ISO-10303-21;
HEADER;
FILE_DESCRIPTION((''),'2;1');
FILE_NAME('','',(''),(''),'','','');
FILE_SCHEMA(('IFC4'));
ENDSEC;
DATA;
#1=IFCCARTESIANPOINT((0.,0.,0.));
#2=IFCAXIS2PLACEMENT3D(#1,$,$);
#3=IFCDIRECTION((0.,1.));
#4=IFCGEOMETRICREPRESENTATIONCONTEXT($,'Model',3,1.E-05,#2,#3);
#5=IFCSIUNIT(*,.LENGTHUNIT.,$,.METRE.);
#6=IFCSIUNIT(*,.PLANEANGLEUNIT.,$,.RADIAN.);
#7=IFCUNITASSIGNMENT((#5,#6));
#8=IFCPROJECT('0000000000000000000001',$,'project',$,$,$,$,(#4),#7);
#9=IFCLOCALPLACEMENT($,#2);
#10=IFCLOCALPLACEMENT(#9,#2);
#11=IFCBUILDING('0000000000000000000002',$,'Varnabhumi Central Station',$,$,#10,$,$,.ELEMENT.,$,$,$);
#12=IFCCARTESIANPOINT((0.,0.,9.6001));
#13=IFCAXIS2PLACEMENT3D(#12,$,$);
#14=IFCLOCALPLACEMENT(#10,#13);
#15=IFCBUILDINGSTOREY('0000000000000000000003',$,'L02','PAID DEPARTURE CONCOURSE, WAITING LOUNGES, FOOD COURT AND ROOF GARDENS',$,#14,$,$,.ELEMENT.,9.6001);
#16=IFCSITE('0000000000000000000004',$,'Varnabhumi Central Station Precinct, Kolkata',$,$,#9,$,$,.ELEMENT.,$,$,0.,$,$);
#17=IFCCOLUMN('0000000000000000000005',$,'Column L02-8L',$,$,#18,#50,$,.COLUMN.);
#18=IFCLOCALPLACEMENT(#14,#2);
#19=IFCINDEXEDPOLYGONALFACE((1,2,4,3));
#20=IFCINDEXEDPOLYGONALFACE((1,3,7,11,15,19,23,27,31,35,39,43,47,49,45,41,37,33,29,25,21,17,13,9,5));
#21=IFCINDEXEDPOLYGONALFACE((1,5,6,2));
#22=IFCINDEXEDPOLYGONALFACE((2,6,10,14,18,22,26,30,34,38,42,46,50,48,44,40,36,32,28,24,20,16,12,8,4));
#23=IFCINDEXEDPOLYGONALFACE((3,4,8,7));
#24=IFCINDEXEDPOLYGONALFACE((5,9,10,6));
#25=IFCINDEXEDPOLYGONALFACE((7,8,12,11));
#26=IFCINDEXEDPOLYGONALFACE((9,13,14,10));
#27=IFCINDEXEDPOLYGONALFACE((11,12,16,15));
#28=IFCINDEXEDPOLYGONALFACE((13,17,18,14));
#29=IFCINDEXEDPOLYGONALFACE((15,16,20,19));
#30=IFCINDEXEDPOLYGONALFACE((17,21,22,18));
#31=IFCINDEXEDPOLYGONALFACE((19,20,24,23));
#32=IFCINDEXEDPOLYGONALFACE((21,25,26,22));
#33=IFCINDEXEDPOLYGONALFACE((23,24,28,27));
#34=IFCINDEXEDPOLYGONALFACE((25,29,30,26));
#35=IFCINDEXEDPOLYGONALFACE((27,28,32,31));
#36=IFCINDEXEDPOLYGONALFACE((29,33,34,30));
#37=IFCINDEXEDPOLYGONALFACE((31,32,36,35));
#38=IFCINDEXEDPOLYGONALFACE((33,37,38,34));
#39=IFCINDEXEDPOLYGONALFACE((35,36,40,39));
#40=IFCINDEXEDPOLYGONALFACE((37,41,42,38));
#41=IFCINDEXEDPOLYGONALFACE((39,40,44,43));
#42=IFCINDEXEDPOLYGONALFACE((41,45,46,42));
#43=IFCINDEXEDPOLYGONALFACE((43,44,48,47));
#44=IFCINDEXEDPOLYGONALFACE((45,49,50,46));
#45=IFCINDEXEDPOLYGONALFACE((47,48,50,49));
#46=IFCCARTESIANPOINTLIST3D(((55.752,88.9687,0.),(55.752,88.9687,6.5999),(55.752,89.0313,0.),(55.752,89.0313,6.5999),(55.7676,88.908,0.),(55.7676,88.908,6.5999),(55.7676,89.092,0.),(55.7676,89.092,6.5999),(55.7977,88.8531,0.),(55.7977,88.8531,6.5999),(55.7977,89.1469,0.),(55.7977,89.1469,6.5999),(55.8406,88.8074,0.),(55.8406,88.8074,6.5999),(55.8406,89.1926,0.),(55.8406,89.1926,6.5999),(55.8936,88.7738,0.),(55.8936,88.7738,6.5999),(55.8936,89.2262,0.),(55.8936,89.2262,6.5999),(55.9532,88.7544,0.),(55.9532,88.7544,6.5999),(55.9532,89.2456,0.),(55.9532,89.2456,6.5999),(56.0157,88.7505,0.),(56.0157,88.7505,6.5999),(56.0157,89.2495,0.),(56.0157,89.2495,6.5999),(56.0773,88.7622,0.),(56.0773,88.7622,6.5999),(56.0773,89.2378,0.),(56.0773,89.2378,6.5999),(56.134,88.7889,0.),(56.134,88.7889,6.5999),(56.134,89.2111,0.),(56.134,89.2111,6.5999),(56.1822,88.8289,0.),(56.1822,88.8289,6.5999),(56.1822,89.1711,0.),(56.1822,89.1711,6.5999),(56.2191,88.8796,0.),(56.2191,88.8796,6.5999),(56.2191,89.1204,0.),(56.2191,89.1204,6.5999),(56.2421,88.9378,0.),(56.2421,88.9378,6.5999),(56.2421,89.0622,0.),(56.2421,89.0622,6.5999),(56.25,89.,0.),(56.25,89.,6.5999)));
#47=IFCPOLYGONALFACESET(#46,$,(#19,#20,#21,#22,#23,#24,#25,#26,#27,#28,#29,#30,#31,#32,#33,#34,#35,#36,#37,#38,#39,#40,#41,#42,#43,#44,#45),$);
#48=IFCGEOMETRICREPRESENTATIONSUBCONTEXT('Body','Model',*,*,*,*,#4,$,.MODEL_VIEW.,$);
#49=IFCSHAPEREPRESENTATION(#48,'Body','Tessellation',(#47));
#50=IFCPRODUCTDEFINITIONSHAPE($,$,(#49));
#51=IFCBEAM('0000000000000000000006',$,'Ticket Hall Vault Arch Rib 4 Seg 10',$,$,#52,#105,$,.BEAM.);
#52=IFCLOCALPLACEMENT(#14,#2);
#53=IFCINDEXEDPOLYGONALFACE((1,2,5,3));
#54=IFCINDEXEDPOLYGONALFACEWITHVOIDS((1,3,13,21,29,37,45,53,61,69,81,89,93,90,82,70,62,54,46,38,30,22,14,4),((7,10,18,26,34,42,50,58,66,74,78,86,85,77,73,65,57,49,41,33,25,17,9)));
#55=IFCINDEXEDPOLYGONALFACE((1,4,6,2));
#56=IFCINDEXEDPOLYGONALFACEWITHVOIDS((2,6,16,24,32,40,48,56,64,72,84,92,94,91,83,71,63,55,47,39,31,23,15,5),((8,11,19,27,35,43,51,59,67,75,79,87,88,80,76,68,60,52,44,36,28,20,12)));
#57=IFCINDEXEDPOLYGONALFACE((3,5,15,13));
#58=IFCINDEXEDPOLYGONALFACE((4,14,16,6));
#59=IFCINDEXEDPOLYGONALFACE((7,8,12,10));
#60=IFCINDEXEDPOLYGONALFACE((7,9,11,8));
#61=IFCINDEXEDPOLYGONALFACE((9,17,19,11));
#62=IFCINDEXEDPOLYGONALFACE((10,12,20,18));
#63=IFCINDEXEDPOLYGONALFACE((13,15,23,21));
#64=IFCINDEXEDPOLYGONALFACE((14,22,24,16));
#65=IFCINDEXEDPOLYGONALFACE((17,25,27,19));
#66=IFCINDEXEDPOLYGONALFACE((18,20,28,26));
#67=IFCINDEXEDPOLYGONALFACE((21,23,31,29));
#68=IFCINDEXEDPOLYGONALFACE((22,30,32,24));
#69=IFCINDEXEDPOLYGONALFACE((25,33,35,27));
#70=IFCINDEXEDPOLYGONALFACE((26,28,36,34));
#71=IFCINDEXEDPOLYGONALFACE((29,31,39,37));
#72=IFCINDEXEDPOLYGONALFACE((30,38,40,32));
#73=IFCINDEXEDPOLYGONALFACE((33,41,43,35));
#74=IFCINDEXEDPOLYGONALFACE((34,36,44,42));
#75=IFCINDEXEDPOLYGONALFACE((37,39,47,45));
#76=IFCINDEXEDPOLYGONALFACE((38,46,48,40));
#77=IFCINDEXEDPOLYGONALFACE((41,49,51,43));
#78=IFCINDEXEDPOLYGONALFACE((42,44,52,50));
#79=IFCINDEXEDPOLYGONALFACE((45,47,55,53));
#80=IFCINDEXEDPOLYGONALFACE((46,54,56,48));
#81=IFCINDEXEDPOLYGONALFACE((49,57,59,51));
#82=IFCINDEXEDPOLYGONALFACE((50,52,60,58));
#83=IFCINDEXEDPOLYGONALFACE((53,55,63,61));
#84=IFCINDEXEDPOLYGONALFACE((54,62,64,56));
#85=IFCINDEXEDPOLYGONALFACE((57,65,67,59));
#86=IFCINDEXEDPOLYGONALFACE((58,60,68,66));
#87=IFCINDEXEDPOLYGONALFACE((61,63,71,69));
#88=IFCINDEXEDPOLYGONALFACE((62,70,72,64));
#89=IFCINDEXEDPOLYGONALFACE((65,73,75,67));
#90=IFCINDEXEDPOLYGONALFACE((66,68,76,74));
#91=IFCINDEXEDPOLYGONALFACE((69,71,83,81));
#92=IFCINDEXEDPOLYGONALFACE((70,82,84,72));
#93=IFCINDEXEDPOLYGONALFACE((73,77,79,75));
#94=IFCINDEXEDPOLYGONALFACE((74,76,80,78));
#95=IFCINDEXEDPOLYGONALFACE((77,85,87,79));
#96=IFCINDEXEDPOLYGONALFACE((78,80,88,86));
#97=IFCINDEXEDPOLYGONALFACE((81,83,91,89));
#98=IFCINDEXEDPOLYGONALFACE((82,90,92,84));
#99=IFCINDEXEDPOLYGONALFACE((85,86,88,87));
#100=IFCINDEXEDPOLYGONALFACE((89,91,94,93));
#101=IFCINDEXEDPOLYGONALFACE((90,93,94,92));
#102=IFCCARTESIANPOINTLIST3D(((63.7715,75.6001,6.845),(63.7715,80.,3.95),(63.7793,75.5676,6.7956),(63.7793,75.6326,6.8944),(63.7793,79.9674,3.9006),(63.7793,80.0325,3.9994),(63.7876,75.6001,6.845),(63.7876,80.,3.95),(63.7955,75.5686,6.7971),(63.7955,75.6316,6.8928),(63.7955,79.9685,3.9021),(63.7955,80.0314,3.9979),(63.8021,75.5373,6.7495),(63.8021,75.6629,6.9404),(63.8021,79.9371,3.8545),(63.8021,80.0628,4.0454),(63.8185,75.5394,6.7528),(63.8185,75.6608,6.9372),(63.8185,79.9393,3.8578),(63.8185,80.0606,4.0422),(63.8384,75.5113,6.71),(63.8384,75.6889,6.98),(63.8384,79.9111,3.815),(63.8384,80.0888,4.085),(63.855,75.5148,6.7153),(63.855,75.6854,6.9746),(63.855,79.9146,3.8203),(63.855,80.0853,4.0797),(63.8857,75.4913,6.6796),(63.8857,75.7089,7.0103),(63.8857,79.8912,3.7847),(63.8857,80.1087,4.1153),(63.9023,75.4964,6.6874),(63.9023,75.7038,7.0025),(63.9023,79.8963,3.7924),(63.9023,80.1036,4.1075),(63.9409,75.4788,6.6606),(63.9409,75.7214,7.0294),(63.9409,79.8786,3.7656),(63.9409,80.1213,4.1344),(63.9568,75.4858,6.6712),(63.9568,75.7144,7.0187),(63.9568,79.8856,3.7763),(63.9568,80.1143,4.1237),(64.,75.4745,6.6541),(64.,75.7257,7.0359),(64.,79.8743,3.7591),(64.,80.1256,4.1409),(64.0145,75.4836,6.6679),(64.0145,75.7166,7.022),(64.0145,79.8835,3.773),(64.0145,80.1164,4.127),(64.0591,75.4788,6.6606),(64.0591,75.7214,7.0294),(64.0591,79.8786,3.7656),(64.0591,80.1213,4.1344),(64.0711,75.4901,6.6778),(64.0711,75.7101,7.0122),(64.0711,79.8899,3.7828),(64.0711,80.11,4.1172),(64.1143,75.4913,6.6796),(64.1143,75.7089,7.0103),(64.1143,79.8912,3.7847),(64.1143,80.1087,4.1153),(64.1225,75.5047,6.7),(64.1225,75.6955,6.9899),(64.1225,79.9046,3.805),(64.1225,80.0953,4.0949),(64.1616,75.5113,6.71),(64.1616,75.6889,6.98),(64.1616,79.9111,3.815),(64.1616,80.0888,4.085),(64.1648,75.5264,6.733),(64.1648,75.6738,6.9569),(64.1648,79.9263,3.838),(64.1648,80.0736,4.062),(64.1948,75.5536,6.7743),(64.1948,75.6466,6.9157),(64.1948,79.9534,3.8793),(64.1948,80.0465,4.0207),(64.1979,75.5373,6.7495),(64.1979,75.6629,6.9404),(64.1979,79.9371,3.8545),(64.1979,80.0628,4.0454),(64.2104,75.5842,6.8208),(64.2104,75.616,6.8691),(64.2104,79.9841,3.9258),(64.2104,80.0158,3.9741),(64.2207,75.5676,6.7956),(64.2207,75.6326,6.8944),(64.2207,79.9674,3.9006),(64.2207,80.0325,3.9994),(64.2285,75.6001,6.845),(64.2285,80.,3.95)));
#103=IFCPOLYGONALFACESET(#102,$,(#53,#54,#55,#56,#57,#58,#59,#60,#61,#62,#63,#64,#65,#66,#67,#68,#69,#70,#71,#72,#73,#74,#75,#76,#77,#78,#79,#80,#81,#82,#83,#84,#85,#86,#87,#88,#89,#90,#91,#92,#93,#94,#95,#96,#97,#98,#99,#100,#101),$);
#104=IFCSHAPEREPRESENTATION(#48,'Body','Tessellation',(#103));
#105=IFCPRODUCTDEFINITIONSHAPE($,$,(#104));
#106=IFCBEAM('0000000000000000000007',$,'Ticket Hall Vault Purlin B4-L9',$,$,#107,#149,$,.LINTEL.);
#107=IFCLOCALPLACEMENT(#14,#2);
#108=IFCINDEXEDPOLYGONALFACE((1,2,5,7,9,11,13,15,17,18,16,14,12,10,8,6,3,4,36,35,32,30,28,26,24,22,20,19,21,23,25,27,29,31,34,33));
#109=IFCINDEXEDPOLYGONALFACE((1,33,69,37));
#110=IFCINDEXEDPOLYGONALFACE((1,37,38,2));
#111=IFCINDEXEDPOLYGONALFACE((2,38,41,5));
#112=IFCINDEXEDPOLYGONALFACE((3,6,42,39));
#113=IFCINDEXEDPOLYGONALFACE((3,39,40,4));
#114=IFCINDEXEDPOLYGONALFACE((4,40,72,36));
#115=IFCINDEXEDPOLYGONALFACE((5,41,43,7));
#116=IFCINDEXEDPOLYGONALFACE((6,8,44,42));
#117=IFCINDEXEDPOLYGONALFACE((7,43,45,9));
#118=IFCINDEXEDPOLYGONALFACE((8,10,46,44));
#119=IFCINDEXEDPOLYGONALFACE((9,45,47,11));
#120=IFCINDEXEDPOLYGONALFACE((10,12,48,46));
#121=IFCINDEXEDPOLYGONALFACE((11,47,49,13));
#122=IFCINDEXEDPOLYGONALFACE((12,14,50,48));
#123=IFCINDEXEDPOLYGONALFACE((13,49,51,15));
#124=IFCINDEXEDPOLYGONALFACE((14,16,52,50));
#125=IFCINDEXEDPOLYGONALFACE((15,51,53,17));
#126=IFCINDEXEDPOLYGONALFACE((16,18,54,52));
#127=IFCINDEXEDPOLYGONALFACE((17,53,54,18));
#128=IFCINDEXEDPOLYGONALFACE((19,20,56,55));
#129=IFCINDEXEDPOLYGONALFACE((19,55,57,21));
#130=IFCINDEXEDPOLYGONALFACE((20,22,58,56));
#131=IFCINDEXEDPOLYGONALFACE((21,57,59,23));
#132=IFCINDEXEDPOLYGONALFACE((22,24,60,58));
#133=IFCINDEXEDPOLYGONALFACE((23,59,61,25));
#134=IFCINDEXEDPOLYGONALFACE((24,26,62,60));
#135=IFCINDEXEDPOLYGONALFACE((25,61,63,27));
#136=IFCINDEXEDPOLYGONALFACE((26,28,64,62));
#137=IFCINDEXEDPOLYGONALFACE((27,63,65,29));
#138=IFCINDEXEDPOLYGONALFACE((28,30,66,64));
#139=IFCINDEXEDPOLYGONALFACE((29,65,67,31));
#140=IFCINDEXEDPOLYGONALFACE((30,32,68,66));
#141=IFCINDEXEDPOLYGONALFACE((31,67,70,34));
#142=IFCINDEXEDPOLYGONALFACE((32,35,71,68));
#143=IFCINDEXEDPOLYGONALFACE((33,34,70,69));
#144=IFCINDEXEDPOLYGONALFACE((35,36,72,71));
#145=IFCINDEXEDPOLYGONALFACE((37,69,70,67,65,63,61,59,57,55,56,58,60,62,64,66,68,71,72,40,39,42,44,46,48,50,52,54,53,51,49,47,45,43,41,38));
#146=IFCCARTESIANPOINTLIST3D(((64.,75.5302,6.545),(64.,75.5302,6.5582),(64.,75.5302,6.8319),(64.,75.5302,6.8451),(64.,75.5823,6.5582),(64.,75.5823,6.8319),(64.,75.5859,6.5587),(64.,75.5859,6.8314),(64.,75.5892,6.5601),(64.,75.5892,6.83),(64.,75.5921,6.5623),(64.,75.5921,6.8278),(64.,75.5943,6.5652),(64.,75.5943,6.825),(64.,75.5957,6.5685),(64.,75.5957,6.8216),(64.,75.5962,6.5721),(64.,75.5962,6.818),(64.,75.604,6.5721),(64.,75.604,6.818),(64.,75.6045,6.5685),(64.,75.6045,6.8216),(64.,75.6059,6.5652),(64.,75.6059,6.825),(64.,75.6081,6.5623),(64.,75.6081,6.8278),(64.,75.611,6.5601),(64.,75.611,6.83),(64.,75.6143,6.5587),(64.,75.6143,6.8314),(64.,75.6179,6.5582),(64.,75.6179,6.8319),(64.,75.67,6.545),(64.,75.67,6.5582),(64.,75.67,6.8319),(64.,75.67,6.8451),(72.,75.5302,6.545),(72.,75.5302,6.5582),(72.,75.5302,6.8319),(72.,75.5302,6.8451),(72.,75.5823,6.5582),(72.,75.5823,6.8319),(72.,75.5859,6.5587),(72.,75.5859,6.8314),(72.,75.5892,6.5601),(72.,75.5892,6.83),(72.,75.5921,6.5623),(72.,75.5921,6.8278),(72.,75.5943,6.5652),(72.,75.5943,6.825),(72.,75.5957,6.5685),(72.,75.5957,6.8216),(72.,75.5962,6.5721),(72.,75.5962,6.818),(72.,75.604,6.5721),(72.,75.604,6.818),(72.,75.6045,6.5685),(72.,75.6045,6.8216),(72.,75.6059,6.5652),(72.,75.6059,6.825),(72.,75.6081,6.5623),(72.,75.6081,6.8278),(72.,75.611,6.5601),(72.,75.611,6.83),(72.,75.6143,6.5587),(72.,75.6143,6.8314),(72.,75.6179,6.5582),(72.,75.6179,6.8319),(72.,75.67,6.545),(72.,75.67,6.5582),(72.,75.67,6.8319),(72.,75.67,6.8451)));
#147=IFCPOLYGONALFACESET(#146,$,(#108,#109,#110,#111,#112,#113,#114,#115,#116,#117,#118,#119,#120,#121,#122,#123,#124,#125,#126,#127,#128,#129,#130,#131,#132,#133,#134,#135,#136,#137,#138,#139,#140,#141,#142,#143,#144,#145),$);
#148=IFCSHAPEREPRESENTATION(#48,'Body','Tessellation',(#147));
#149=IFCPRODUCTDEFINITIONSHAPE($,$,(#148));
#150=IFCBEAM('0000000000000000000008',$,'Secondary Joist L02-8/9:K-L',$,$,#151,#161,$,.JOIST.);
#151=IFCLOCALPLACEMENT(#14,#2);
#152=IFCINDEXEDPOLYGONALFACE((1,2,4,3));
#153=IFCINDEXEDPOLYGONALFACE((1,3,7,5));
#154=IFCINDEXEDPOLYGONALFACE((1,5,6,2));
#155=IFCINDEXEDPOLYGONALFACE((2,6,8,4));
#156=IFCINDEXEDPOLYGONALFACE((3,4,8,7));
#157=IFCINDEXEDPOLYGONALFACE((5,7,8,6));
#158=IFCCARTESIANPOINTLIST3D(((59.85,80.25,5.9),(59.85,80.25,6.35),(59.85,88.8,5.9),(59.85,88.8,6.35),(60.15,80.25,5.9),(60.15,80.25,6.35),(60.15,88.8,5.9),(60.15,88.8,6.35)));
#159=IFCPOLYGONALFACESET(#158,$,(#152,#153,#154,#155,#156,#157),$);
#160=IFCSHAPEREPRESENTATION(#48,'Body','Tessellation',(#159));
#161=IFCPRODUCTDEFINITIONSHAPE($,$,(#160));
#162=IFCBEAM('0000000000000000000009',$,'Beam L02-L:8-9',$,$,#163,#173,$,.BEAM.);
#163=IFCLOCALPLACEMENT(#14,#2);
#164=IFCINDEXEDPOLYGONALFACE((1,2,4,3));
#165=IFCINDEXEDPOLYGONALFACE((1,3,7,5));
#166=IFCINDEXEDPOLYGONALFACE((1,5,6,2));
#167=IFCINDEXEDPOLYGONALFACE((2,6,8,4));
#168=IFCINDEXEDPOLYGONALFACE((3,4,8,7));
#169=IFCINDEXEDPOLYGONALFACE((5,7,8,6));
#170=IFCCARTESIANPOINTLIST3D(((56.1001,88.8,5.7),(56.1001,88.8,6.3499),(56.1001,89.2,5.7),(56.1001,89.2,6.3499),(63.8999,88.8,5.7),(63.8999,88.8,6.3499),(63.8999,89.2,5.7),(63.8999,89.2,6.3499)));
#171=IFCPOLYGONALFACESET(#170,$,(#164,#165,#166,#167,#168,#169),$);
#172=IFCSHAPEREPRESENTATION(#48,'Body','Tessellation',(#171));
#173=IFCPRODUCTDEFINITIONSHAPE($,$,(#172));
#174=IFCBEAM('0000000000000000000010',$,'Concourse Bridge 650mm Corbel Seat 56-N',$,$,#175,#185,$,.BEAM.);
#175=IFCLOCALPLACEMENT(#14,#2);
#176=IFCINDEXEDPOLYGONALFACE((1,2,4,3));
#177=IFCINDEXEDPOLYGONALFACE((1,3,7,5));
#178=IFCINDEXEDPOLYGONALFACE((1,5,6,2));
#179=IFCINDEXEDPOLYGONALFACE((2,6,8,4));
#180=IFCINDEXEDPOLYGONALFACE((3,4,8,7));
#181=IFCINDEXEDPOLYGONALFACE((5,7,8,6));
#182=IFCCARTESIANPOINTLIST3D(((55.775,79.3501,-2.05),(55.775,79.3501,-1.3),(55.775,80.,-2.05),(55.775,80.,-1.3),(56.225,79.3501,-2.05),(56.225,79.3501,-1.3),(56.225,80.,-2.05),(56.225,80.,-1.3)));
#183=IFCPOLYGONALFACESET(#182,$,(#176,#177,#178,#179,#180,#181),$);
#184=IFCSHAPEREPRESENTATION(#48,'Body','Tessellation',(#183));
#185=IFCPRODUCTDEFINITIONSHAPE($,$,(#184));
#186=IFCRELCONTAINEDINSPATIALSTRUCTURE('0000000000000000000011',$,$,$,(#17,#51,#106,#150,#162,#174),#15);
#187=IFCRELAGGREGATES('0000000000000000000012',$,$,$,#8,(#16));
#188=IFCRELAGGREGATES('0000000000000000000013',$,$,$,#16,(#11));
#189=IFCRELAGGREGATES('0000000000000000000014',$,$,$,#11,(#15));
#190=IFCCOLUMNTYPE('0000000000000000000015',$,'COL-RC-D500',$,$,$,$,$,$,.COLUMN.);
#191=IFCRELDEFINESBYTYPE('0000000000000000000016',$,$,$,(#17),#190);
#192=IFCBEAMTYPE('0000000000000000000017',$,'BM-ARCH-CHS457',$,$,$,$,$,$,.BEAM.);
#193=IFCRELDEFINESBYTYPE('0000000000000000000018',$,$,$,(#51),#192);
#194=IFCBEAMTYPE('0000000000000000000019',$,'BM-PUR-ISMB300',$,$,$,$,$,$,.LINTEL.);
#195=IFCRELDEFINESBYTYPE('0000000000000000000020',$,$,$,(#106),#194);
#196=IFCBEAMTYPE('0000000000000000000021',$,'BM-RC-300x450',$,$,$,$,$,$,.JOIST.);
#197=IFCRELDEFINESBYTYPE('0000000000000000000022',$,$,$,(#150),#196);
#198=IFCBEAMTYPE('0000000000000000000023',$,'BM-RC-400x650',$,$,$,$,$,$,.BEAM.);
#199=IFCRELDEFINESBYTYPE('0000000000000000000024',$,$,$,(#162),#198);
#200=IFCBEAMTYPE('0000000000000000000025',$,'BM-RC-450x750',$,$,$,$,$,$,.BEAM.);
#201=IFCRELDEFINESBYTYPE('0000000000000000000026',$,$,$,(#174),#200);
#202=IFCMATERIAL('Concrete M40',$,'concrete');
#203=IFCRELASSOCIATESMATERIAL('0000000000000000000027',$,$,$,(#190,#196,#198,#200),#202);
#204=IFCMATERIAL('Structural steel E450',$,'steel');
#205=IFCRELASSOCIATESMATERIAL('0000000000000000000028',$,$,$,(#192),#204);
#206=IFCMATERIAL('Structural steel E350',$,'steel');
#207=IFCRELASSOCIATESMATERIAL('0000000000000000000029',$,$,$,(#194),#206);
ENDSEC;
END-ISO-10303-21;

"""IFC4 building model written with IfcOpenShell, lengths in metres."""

from ifc_helpers import new_model, si_unit, direction, frame, origin, origin_2d, place, context, subcontext, project, spatial, rectangle, circle, hollow_circle, i_section, extrude, material, material_profile, profile_set, type_object, element, save


model = new_model("IFC4")

# Units and contexts
model_context = context("Model", 3, precision=1e-05, world=origin(), true_north=direction((0.0, 1.0)))
body_context = subcontext(model_context, "Body", "Model", "MODEL_VIEW")
ifc_project = project(units=[si_unit("LENGTHUNIT", "METRE"), si_unit("PLANEANGLEUNIT", "RADIAN")], contexts=[model_context])

# Site, building, storey
site_placement = place(None, origin())
site = spatial("IfcSite", under=ifc_project, at=site_placement, Name="Varnabhumi Central Station Precinct, Kolkata", CompositionType="ELEMENT", RefElevation=0.0)
building_placement = place(site_placement, origin())
building = spatial("IfcBuilding", under=site, at=building_placement, Name="Varnabhumi Central Station", CompositionType="ELEMENT")
storey_placement = place(building_placement, frame((0.0, 0.0, 9.6001)))
storey = spatial("IfcBuildingStorey", under=building, at=storey_placement, Name="L02", Description="PAID DEPARTURE CONCOURSE, WAITING LOUNGES, FOOD COURT AND ROOF GARDENS", CompositionType="ELEMENT", Elevation=9.6001)

# Column
ifc_material_1 = material(Name="Concrete M40", Category="concrete")
ifc_material_profile_1 = material_profile(ifc_material_1, circle(Radius=0.25, at=origin_2d()), Name="Concrete M40", Category="concrete")
ifc_profile_set_1 = profile_set([ifc_material_profile_1], Name="Concrete M40")
column_type = type_object("IfcColumnType", Name="COL-RC-D500", PredefinedType="COLUMN", material=ifc_profile_set_1)
column_placement = place(storey_placement, frame((56.0, 89.0, 0.0), z_axis=(0.0, 0.0, 1.0), x_axis=(1.0, 0.0, 0.0)))
element("IfcColumn", 1, at=column_placement, inside=storey, type_object=column_type, Name="Column L02-8L", PredefinedType="COLUMN", context=body_context, shape_type="SweptSolid", body=[
    extrude(circle(Radius=0.25, at=origin_2d()), origin(), (0.0, 0.0, 1.0), 6.5999),
])

# Beams
ifc_material_2 = material(Name="Structural steel E450", Category="steel")
ifc_material_profile_2 = material_profile(ifc_material_2, hollow_circle(Radius=0.2285, WallThickness=0.0161, at=origin_2d()), Name="Structural steel E450", Category="steel")
ifc_profile_set_2 = profile_set([ifc_material_profile_2], Name="Structural steel E450")
beam_type_1 = type_object("IfcBeamType", Name="BM-ARCH-CHS457", PredefinedType="BEAM", material=ifc_profile_set_2)
beam_1_placement = place(storey_placement, frame((64.0, 75.6001, 6.845), z_axis=(0.0, 0.835387, -0.549662), x_axis=(-1.0, 0.0, 0.0)))
element("IfcBeam", 2, at=beam_1_placement, inside=storey, type_object=beam_type_1, Name="Ticket Hall Vault Arch Rib 4 Seg 10", PredefinedType="BEAM", context=body_context, shape_type="SweptSolid", body=[
    extrude(hollow_circle(Radius=0.2285, WallThickness=0.0161, at=origin_2d()), origin(), (0.0, 0.0, 1.0), 5.2668),
])
ifc_material_3 = material(Name="Structural steel E350", Category="steel")
ifc_material_profile_3 = material_profile(ifc_material_3, i_section(OverallWidth=0.1399, OverallDepth=0.3, WebThickness=0.0078, FlangeThickness=0.0132, FilletRadius=0.0139, at=origin_2d()), Name="Structural steel E350", Category="steel")
ifc_profile_set_3 = profile_set([ifc_material_profile_3], Name="Structural steel E350")
beam_type_2 = type_object("IfcBeamType", Name="BM-PUR-ISMB300", PredefinedType="LINTEL", material=ifc_profile_set_3)
beam_2_placement = place(storey_placement, frame((64.0, 75.6001, 6.6951), z_axis=(1.0, 0.0, 0.0), x_axis=(0.0, 1.0, 0.0)))
element("IfcBeam", 3, at=beam_2_placement, inside=storey, type_object=beam_type_2, Name="Ticket Hall Vault Purlin B4-L9", PredefinedType="LINTEL", context=body_context, shape_type="SweptSolid", body=[
    extrude(i_section(OverallWidth=0.1399, OverallDepth=0.3, WebThickness=0.0078, FlangeThickness=0.0132, FilletRadius=0.0139, at=origin_2d()), origin(), (0.0, 0.0, 1.0), 8.0),
])
ifc_material_profile_4 = material_profile(ifc_material_1, rectangle(XDim=0.3, YDim=0.45, at=origin_2d()), Name="Concrete M40", Category="concrete")
ifc_profile_set_4 = profile_set([ifc_material_profile_4], Name="Concrete M40")
beam_type_3 = type_object("IfcBeamType", Name="BM-RC-300x450", PredefinedType="JOIST", material=ifc_profile_set_4)
beam_3_placement = place(storey_placement, frame((60.0, 80.25, 6.125), z_axis=(0.0, 1.0, 0.0), x_axis=(-1.0, 0.0, 0.0)))
element("IfcBeam", 4, at=beam_3_placement, inside=storey, type_object=beam_type_3, Name="Secondary Joist L02-8/9:K-L", PredefinedType="JOIST", context=body_context, shape_type="SweptSolid", body=[
    extrude(rectangle(XDim=0.3, YDim=0.45, at=origin_2d()), origin(), (0.0, 0.0, 1.0), 8.55),
])
ifc_material_profile_5 = material_profile(ifc_material_1, rectangle(XDim=0.3999, YDim=0.6499, at=origin_2d()), Name="Concrete M40", Category="concrete")
ifc_profile_set_5 = profile_set([ifc_material_profile_5], Name="Concrete M40")
beam_type_4 = type_object("IfcBeamType", Name="BM-RC-400x650", PredefinedType="BEAM", material=ifc_profile_set_5)
beam_4_placement = place(storey_placement, frame((56.1001, 89.0, 6.0249), z_axis=(1.0, 0.0, 0.0), x_axis=(0.0, 1.0, 0.0)))
element("IfcBeam", 5, at=beam_4_placement, inside=storey, type_object=beam_type_4, Name="Beam L02-L:8-9", PredefinedType="BEAM", context=body_context, shape_type="SweptSolid", body=[
    extrude(rectangle(XDim=0.3999, YDim=0.6499, at=origin_2d()), origin(), (0.0, 0.0, 1.0), 7.7998),
])
ifc_material_profile_6 = material_profile(ifc_material_1, rectangle(XDim=0.45, YDim=0.75, at=origin_2d()), Name="Concrete M40", Category="concrete")
ifc_profile_set_6 = profile_set([ifc_material_profile_6], Name="Concrete M40")
beam_type_5 = type_object("IfcBeamType", Name="BM-RC-450x750", PredefinedType="BEAM", material=ifc_profile_set_6)
beam_5_placement = place(storey_placement, frame((56.0, 80.0, -1.675), z_axis=(0.0, -1.0, 0.0), x_axis=(1.0, 0.0, 0.0)))
element("IfcBeam", 6, at=beam_5_placement, inside=storey, type_object=beam_type_5, Name="Concourse Bridge 650mm Corbel Seat 56-N", PredefinedType="BEAM", context=body_context, shape_type="SweptSolid", body=[
    extrude(rectangle(XDim=0.45, YDim=0.75, at=origin_2d()), origin(), (0.0, 0.0, 1.0), 0.6499),
])

save(model, "model.ifc")
